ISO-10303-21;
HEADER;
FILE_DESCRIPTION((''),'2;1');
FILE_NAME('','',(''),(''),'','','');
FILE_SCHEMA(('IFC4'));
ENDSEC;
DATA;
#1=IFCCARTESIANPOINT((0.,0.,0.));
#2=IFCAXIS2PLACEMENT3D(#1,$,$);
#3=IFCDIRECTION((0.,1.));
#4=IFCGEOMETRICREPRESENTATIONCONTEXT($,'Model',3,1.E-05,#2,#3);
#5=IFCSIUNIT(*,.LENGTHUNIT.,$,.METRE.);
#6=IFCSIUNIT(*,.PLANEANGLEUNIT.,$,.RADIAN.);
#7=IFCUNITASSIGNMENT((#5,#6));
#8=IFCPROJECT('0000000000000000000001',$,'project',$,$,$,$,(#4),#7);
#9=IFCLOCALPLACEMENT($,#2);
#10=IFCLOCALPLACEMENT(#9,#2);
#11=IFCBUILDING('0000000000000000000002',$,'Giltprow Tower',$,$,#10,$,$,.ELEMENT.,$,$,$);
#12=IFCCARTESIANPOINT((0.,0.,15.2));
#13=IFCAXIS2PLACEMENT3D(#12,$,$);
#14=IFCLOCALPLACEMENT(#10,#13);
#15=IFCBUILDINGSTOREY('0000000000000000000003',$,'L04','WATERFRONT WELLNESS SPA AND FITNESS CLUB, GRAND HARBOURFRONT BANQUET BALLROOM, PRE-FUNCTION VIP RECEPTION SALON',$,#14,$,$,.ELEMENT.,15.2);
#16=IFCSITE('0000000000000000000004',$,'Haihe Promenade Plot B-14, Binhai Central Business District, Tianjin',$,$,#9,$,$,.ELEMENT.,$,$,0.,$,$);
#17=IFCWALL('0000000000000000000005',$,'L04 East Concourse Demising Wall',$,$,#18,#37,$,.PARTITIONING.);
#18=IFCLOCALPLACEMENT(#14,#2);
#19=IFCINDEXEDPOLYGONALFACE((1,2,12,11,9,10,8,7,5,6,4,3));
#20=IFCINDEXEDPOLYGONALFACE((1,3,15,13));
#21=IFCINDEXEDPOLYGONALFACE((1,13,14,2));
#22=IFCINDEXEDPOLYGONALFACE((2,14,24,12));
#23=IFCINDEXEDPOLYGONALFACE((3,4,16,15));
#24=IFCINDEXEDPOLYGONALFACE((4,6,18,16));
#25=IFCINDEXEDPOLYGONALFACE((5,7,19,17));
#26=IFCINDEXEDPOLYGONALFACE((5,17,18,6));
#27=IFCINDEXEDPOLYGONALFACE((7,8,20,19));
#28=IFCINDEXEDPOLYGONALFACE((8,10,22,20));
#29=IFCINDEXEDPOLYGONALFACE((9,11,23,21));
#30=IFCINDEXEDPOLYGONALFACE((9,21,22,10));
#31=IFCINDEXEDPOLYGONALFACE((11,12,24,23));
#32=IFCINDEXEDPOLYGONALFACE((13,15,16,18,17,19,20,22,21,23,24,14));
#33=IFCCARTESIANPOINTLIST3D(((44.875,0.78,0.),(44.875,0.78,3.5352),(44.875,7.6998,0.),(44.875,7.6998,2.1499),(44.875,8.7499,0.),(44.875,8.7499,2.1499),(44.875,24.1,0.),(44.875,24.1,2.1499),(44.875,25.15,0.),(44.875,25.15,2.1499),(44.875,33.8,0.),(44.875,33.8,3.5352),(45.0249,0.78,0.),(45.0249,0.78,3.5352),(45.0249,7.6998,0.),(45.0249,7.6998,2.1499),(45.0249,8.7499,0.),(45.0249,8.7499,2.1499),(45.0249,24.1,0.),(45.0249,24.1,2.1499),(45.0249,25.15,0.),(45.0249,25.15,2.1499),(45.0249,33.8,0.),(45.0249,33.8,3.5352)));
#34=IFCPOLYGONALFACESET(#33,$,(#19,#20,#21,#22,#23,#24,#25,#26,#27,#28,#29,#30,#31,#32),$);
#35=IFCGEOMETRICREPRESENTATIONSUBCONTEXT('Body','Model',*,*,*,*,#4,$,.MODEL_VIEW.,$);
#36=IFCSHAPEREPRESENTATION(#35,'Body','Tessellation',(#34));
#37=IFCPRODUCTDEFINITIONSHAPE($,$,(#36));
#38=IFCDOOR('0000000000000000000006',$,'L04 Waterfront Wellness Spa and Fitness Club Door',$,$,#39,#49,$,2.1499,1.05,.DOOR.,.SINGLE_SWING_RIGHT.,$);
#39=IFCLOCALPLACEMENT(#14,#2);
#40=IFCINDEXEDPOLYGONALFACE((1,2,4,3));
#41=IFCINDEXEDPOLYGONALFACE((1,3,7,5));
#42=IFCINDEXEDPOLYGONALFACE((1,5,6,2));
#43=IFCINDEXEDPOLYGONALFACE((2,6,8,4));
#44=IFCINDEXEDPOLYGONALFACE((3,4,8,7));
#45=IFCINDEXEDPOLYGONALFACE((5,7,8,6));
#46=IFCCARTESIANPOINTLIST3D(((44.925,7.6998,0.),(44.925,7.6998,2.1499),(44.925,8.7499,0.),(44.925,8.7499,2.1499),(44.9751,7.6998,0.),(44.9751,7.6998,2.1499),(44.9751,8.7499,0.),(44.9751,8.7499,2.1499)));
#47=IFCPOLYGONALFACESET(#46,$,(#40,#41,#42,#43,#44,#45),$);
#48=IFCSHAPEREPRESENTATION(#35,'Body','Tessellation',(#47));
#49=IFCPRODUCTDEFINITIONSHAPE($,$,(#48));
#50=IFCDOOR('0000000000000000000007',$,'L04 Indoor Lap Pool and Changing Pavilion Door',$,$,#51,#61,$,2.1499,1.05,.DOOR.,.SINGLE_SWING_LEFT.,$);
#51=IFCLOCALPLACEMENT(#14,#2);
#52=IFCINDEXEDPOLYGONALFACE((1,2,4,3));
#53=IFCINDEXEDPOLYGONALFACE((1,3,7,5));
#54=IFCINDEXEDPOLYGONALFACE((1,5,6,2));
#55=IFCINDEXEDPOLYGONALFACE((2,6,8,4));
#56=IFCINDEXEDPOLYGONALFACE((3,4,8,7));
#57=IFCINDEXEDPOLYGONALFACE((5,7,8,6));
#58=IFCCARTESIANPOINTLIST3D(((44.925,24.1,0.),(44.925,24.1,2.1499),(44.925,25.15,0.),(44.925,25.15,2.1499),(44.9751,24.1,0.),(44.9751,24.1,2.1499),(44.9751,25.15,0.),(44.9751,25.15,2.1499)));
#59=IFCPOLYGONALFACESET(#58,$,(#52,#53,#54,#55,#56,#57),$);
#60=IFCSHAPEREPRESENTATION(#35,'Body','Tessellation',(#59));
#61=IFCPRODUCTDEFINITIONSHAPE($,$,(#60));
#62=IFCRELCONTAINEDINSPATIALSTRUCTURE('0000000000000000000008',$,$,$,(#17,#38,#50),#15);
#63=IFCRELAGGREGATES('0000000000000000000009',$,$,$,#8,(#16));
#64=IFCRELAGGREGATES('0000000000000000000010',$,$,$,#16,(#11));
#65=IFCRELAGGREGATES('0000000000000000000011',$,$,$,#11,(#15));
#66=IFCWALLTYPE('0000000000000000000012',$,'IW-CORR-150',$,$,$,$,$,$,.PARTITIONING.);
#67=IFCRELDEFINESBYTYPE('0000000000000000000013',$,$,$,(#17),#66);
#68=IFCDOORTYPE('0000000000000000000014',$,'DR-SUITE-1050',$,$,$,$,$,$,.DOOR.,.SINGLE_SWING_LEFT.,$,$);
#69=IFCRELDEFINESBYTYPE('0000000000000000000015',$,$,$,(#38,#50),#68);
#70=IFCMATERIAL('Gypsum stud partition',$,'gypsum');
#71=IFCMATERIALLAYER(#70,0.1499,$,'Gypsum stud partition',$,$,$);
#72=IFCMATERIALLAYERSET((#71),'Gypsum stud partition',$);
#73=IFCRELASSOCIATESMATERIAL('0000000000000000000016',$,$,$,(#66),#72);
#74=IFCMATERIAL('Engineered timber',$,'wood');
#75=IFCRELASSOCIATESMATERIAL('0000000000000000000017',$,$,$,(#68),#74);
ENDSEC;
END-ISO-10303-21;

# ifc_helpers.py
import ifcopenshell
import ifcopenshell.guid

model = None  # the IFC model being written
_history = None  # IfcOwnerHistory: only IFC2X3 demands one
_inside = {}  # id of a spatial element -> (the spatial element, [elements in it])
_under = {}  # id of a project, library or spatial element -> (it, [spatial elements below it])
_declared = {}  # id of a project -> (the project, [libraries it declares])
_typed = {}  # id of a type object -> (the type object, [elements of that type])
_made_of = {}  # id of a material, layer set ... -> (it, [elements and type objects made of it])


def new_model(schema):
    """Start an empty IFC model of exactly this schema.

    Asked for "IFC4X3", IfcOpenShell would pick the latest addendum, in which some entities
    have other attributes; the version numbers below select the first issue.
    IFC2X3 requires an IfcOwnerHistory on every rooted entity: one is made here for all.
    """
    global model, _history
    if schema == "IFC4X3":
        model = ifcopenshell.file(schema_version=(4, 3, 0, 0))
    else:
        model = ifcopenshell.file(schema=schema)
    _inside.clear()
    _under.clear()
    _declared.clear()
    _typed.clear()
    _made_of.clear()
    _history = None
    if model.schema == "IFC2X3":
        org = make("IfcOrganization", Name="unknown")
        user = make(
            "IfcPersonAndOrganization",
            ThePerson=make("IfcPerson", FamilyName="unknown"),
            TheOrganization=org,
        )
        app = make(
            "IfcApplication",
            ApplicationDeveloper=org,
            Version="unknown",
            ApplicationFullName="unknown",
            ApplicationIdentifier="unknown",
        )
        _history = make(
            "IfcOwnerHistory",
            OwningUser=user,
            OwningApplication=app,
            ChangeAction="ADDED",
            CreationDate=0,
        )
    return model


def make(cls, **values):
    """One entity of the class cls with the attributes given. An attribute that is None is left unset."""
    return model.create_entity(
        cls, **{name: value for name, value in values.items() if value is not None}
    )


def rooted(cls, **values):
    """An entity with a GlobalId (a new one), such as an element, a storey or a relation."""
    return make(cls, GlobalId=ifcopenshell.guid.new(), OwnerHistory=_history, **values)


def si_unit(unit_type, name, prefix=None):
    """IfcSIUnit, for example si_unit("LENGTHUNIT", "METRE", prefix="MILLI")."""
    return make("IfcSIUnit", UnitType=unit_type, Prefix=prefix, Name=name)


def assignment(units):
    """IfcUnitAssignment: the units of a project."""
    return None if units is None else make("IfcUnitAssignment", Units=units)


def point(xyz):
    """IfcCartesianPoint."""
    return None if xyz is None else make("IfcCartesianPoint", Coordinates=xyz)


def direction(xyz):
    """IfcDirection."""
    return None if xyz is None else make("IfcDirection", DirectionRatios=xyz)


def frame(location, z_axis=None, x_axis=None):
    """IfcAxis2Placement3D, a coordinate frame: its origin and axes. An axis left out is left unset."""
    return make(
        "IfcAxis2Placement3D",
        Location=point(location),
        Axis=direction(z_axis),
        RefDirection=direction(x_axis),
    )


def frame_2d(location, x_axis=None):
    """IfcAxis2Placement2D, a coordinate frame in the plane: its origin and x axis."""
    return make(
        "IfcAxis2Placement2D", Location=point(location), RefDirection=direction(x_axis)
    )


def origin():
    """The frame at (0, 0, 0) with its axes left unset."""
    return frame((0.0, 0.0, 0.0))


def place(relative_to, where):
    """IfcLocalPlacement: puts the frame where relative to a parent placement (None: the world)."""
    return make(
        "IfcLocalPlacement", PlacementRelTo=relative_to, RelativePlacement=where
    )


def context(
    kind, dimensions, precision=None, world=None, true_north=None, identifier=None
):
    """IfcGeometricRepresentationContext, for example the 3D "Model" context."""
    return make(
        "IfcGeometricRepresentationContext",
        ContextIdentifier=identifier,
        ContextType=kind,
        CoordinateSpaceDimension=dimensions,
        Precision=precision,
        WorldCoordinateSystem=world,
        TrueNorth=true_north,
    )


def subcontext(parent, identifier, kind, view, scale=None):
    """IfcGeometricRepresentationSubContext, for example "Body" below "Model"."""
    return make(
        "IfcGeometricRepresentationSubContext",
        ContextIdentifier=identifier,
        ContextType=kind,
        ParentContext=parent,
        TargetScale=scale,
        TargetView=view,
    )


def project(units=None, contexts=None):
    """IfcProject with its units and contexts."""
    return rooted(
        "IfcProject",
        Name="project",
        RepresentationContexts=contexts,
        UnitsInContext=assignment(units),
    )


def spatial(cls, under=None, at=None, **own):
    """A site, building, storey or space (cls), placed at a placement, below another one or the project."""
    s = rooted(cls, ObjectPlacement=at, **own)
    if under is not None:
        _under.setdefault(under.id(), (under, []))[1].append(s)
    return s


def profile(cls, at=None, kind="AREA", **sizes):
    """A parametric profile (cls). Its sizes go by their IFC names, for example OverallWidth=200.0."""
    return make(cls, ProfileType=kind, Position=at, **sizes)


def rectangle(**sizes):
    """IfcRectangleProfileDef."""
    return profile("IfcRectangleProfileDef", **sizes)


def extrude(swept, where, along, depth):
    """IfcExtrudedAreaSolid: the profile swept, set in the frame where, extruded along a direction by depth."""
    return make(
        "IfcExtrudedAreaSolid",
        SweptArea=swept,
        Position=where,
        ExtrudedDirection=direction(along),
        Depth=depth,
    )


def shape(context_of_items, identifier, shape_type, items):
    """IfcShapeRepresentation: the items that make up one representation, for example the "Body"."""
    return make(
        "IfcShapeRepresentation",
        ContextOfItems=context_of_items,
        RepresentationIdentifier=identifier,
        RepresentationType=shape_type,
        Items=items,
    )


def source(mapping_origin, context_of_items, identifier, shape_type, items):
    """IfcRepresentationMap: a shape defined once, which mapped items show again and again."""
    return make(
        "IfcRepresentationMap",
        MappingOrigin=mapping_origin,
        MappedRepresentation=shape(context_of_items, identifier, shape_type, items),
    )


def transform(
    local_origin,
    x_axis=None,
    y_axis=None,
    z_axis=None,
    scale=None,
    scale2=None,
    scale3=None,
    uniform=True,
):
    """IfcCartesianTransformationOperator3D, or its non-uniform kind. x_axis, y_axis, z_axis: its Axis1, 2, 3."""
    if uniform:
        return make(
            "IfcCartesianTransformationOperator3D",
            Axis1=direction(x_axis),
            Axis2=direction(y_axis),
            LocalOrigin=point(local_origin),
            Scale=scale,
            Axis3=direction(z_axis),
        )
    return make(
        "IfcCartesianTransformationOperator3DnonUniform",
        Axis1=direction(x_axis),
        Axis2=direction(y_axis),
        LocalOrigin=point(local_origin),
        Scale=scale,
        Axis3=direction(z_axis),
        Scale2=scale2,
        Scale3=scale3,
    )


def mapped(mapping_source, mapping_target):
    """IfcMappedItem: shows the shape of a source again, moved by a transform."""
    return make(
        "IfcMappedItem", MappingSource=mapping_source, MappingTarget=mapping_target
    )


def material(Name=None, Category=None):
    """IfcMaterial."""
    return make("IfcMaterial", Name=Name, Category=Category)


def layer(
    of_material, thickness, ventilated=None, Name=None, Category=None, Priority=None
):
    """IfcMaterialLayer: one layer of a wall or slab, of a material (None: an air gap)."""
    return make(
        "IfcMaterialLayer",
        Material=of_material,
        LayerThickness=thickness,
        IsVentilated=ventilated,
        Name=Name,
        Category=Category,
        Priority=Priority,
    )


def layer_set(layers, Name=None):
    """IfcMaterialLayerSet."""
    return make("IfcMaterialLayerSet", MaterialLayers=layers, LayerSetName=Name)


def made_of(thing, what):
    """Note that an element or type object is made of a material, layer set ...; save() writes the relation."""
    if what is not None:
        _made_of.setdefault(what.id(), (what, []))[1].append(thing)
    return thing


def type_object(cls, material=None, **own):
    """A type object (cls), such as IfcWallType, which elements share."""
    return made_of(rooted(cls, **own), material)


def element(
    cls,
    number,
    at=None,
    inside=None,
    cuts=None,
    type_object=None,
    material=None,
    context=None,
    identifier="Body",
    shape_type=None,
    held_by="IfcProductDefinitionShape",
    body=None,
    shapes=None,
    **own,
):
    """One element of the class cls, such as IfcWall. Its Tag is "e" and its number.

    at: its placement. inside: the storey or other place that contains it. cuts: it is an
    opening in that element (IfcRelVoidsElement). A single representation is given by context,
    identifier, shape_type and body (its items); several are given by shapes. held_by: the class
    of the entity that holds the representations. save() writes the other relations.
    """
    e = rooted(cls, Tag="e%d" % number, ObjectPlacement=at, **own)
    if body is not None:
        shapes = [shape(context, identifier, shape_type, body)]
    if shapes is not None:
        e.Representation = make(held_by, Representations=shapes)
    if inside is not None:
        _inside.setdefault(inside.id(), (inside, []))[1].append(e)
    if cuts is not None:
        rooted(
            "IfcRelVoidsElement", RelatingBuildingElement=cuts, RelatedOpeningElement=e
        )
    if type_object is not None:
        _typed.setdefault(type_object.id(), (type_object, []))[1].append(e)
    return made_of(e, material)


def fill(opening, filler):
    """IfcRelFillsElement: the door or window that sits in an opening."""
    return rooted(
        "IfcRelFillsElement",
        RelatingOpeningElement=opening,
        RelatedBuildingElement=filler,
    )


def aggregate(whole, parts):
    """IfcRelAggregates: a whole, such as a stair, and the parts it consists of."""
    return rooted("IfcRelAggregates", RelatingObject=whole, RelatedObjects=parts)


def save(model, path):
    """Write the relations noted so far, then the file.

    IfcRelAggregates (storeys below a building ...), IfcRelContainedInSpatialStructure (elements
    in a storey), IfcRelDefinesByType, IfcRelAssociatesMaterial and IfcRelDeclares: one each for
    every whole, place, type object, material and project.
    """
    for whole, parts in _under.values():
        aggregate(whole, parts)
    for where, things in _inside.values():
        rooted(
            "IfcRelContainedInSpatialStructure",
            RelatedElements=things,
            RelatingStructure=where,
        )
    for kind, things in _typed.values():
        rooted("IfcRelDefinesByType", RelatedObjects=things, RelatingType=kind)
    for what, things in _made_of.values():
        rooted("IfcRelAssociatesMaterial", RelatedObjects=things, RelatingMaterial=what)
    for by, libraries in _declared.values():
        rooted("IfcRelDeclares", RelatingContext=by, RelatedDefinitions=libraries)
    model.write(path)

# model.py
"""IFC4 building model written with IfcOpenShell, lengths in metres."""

from ifc_helpers import new_model, si_unit, direction, frame, frame_2d, origin, place, context, subcontext, project, spatial, rectangle, extrude, source, transform, mapped, material, layer, layer_set, type_object, element, fill, save


model = new_model("IFC4")

# Units and contexts
model_context = context("Model", 3, precision=1e-05, world=origin(), true_north=direction((0.0, 1.0)))
body_context = subcontext(model_context, "Body", "Model", "MODEL_VIEW")
ifc_project = project(units=[si_unit("LENGTHUNIT", "METRE"), si_unit("PLANEANGLEUNIT", "RADIAN")], contexts=[model_context])

# Site, building, storey
site_placement = place(None, origin())
site = spatial("IfcSite", under=ifc_project, at=site_placement, Name="Haihe Promenade Plot B-14, Binhai Central Business District, Tianjin", CompositionType="ELEMENT", RefElevation=0.0)
building_placement = place(site_placement, origin())
building = spatial("IfcBuilding", under=site, at=building_placement, Name="Giltprow Tower", CompositionType="ELEMENT")
storey_placement = place(building_placement, frame((0.0, 0.0, 15.2)))
storey = spatial("IfcBuildingStorey", under=building, at=storey_placement, Name="L04", Description="WATERFRONT WELLNESS SPA AND FITNESS CLUB, GRAND HARBOURFRONT BANQUET BALLROOM, PRE-FUNCTION VIP RECEPTION SALON", CompositionType="ELEMENT", Elevation=15.2)

# Wall, openings, doors
ifc_material_1 = material(Name="Gypsum stud partition", Category="gypsum")
ifc_layer_1 = layer(ifc_material_1, 0.1499, Name="Gypsum stud partition")
ifc_layer_set_1 = layer_set([ifc_layer_1], Name="Gypsum stud partition")
wall_type_1 = type_object("IfcWallType", Name="IW-CORR-150", PredefinedType="PARTITIONING", material=ifc_layer_set_1)
wall_1_placement = place(storey_placement, frame((44.95, 0.78, 0.0), z_axis=(0.0, 0.0, 1.0), x_axis=(0.0, 1.0, 0.0)))
wall_1 = element("IfcWall", 1, at=wall_1_placement, inside=storey, type_object=wall_type_1, Name="L04 East Concourse Demising Wall", PredefinedType="PARTITIONING", context=body_context, shape_type="SweptSolid", body=[
    extrude(rectangle(XDim=33.02, YDim=0.1499, at=frame_2d((16.51, 0.0))), origin(), (0.0, 0.0, 1.0), 3.5352),
])
opening_1_placement = place(wall_1_placement, frame((6.9199, 0.0, 0.0)))
opening_1 = element("IfcOpeningElement", 2, at=opening_1_placement, cuts=wall_1, PredefinedType="OPENING", context=body_context, shape_type="SweptSolid", body=[
    extrude(rectangle(XDim=1.05, YDim=2.1499, at=frame_2d((0.5249, 1.075))), frame((0.0, 0.085, 0.0), z_axis=(0.0, -1.0, 0.0), x_axis=(1.0, 0.0, 0.0)), (0.0, 0.0, 1.0), 0.1699),
])
opening_2_placement = place(wall_1_placement, frame((23.3201, 0.0, 0.0)))
opening_2 = element("IfcOpeningElement", 3, at=opening_2_placement, cuts=wall_1, PredefinedType="OPENING", context=body_context, shape_type="SweptSolid", body=[
    extrude(rectangle(XDim=1.05, YDim=2.1499, at=frame_2d((0.5249, 1.075))), frame((0.0, 0.085, 0.0), z_axis=(0.0, -1.0, 0.0), x_axis=(1.0, 0.0, 0.0)), (0.0, 0.0, 1.0), 0.1699),
])
ifc_material_2 = material(Name="Engineered timber", Category="wood")
door_type = type_object("IfcDoorType", Name="DR-SUITE-1050", OperationType="SINGLE_SWING_LEFT", PredefinedType="DOOR", material=ifc_material_2)
shared_shape_1 = source(origin(), body_context, "Body", "SweptSolid", [
    extrude(rectangle(XDim=1.05, YDim=2.1499, at=frame_2d((0.5249, 1.075))), frame((0.0, 0.0249, 0.0), z_axis=(0.0, -1.0, 0.0), x_axis=(1.0, 0.0, 0.0)), (0.0, 0.0, 1.0), 0.05),
])
door_1_placement = place(opening_1_placement, origin())
door_1 = element("IfcDoor", 4, at=door_1_placement, inside=storey, type_object=door_type, Name="L04 Waterfront Wellness Spa and Fitness Club Door", OperationType="SINGLE_SWING_RIGHT", OverallHeight=2.1499, OverallWidth=1.05, PredefinedType="DOOR", context=body_context, shape_type="MappedRepresentation", body=[
    mapped(shared_shape_1, transform((0.0, 0.0, 0.0), x_axis=(1.0, 0.0, 0.0), y_axis=(0.0, 1.0, 0.0), z_axis=(0.0, 0.0, 1.0), scale=1.0)),
])
fill(opening_1, door_1)
door_2_placement = place(opening_2_placement, origin())
door_2 = element("IfcDoor", 5, at=door_2_placement, inside=storey, type_object=door_type, Name="L04 Indoor Lap Pool and Changing Pavilion Door", OperationType="SINGLE_SWING_LEFT", OverallHeight=2.1499, OverallWidth=1.05, PredefinedType="DOOR", context=body_context, shape_type="MappedRepresentation", body=[
    mapped(shared_shape_1, transform((0.0, 0.0, 0.0), x_axis=(1.0, 0.0, 0.0), y_axis=(0.0, 1.0, 0.0), z_axis=(0.0, 0.0, 1.0), scale=1.0)),
])
fill(opening_2, door_2)

save(model, "model.ifc")
